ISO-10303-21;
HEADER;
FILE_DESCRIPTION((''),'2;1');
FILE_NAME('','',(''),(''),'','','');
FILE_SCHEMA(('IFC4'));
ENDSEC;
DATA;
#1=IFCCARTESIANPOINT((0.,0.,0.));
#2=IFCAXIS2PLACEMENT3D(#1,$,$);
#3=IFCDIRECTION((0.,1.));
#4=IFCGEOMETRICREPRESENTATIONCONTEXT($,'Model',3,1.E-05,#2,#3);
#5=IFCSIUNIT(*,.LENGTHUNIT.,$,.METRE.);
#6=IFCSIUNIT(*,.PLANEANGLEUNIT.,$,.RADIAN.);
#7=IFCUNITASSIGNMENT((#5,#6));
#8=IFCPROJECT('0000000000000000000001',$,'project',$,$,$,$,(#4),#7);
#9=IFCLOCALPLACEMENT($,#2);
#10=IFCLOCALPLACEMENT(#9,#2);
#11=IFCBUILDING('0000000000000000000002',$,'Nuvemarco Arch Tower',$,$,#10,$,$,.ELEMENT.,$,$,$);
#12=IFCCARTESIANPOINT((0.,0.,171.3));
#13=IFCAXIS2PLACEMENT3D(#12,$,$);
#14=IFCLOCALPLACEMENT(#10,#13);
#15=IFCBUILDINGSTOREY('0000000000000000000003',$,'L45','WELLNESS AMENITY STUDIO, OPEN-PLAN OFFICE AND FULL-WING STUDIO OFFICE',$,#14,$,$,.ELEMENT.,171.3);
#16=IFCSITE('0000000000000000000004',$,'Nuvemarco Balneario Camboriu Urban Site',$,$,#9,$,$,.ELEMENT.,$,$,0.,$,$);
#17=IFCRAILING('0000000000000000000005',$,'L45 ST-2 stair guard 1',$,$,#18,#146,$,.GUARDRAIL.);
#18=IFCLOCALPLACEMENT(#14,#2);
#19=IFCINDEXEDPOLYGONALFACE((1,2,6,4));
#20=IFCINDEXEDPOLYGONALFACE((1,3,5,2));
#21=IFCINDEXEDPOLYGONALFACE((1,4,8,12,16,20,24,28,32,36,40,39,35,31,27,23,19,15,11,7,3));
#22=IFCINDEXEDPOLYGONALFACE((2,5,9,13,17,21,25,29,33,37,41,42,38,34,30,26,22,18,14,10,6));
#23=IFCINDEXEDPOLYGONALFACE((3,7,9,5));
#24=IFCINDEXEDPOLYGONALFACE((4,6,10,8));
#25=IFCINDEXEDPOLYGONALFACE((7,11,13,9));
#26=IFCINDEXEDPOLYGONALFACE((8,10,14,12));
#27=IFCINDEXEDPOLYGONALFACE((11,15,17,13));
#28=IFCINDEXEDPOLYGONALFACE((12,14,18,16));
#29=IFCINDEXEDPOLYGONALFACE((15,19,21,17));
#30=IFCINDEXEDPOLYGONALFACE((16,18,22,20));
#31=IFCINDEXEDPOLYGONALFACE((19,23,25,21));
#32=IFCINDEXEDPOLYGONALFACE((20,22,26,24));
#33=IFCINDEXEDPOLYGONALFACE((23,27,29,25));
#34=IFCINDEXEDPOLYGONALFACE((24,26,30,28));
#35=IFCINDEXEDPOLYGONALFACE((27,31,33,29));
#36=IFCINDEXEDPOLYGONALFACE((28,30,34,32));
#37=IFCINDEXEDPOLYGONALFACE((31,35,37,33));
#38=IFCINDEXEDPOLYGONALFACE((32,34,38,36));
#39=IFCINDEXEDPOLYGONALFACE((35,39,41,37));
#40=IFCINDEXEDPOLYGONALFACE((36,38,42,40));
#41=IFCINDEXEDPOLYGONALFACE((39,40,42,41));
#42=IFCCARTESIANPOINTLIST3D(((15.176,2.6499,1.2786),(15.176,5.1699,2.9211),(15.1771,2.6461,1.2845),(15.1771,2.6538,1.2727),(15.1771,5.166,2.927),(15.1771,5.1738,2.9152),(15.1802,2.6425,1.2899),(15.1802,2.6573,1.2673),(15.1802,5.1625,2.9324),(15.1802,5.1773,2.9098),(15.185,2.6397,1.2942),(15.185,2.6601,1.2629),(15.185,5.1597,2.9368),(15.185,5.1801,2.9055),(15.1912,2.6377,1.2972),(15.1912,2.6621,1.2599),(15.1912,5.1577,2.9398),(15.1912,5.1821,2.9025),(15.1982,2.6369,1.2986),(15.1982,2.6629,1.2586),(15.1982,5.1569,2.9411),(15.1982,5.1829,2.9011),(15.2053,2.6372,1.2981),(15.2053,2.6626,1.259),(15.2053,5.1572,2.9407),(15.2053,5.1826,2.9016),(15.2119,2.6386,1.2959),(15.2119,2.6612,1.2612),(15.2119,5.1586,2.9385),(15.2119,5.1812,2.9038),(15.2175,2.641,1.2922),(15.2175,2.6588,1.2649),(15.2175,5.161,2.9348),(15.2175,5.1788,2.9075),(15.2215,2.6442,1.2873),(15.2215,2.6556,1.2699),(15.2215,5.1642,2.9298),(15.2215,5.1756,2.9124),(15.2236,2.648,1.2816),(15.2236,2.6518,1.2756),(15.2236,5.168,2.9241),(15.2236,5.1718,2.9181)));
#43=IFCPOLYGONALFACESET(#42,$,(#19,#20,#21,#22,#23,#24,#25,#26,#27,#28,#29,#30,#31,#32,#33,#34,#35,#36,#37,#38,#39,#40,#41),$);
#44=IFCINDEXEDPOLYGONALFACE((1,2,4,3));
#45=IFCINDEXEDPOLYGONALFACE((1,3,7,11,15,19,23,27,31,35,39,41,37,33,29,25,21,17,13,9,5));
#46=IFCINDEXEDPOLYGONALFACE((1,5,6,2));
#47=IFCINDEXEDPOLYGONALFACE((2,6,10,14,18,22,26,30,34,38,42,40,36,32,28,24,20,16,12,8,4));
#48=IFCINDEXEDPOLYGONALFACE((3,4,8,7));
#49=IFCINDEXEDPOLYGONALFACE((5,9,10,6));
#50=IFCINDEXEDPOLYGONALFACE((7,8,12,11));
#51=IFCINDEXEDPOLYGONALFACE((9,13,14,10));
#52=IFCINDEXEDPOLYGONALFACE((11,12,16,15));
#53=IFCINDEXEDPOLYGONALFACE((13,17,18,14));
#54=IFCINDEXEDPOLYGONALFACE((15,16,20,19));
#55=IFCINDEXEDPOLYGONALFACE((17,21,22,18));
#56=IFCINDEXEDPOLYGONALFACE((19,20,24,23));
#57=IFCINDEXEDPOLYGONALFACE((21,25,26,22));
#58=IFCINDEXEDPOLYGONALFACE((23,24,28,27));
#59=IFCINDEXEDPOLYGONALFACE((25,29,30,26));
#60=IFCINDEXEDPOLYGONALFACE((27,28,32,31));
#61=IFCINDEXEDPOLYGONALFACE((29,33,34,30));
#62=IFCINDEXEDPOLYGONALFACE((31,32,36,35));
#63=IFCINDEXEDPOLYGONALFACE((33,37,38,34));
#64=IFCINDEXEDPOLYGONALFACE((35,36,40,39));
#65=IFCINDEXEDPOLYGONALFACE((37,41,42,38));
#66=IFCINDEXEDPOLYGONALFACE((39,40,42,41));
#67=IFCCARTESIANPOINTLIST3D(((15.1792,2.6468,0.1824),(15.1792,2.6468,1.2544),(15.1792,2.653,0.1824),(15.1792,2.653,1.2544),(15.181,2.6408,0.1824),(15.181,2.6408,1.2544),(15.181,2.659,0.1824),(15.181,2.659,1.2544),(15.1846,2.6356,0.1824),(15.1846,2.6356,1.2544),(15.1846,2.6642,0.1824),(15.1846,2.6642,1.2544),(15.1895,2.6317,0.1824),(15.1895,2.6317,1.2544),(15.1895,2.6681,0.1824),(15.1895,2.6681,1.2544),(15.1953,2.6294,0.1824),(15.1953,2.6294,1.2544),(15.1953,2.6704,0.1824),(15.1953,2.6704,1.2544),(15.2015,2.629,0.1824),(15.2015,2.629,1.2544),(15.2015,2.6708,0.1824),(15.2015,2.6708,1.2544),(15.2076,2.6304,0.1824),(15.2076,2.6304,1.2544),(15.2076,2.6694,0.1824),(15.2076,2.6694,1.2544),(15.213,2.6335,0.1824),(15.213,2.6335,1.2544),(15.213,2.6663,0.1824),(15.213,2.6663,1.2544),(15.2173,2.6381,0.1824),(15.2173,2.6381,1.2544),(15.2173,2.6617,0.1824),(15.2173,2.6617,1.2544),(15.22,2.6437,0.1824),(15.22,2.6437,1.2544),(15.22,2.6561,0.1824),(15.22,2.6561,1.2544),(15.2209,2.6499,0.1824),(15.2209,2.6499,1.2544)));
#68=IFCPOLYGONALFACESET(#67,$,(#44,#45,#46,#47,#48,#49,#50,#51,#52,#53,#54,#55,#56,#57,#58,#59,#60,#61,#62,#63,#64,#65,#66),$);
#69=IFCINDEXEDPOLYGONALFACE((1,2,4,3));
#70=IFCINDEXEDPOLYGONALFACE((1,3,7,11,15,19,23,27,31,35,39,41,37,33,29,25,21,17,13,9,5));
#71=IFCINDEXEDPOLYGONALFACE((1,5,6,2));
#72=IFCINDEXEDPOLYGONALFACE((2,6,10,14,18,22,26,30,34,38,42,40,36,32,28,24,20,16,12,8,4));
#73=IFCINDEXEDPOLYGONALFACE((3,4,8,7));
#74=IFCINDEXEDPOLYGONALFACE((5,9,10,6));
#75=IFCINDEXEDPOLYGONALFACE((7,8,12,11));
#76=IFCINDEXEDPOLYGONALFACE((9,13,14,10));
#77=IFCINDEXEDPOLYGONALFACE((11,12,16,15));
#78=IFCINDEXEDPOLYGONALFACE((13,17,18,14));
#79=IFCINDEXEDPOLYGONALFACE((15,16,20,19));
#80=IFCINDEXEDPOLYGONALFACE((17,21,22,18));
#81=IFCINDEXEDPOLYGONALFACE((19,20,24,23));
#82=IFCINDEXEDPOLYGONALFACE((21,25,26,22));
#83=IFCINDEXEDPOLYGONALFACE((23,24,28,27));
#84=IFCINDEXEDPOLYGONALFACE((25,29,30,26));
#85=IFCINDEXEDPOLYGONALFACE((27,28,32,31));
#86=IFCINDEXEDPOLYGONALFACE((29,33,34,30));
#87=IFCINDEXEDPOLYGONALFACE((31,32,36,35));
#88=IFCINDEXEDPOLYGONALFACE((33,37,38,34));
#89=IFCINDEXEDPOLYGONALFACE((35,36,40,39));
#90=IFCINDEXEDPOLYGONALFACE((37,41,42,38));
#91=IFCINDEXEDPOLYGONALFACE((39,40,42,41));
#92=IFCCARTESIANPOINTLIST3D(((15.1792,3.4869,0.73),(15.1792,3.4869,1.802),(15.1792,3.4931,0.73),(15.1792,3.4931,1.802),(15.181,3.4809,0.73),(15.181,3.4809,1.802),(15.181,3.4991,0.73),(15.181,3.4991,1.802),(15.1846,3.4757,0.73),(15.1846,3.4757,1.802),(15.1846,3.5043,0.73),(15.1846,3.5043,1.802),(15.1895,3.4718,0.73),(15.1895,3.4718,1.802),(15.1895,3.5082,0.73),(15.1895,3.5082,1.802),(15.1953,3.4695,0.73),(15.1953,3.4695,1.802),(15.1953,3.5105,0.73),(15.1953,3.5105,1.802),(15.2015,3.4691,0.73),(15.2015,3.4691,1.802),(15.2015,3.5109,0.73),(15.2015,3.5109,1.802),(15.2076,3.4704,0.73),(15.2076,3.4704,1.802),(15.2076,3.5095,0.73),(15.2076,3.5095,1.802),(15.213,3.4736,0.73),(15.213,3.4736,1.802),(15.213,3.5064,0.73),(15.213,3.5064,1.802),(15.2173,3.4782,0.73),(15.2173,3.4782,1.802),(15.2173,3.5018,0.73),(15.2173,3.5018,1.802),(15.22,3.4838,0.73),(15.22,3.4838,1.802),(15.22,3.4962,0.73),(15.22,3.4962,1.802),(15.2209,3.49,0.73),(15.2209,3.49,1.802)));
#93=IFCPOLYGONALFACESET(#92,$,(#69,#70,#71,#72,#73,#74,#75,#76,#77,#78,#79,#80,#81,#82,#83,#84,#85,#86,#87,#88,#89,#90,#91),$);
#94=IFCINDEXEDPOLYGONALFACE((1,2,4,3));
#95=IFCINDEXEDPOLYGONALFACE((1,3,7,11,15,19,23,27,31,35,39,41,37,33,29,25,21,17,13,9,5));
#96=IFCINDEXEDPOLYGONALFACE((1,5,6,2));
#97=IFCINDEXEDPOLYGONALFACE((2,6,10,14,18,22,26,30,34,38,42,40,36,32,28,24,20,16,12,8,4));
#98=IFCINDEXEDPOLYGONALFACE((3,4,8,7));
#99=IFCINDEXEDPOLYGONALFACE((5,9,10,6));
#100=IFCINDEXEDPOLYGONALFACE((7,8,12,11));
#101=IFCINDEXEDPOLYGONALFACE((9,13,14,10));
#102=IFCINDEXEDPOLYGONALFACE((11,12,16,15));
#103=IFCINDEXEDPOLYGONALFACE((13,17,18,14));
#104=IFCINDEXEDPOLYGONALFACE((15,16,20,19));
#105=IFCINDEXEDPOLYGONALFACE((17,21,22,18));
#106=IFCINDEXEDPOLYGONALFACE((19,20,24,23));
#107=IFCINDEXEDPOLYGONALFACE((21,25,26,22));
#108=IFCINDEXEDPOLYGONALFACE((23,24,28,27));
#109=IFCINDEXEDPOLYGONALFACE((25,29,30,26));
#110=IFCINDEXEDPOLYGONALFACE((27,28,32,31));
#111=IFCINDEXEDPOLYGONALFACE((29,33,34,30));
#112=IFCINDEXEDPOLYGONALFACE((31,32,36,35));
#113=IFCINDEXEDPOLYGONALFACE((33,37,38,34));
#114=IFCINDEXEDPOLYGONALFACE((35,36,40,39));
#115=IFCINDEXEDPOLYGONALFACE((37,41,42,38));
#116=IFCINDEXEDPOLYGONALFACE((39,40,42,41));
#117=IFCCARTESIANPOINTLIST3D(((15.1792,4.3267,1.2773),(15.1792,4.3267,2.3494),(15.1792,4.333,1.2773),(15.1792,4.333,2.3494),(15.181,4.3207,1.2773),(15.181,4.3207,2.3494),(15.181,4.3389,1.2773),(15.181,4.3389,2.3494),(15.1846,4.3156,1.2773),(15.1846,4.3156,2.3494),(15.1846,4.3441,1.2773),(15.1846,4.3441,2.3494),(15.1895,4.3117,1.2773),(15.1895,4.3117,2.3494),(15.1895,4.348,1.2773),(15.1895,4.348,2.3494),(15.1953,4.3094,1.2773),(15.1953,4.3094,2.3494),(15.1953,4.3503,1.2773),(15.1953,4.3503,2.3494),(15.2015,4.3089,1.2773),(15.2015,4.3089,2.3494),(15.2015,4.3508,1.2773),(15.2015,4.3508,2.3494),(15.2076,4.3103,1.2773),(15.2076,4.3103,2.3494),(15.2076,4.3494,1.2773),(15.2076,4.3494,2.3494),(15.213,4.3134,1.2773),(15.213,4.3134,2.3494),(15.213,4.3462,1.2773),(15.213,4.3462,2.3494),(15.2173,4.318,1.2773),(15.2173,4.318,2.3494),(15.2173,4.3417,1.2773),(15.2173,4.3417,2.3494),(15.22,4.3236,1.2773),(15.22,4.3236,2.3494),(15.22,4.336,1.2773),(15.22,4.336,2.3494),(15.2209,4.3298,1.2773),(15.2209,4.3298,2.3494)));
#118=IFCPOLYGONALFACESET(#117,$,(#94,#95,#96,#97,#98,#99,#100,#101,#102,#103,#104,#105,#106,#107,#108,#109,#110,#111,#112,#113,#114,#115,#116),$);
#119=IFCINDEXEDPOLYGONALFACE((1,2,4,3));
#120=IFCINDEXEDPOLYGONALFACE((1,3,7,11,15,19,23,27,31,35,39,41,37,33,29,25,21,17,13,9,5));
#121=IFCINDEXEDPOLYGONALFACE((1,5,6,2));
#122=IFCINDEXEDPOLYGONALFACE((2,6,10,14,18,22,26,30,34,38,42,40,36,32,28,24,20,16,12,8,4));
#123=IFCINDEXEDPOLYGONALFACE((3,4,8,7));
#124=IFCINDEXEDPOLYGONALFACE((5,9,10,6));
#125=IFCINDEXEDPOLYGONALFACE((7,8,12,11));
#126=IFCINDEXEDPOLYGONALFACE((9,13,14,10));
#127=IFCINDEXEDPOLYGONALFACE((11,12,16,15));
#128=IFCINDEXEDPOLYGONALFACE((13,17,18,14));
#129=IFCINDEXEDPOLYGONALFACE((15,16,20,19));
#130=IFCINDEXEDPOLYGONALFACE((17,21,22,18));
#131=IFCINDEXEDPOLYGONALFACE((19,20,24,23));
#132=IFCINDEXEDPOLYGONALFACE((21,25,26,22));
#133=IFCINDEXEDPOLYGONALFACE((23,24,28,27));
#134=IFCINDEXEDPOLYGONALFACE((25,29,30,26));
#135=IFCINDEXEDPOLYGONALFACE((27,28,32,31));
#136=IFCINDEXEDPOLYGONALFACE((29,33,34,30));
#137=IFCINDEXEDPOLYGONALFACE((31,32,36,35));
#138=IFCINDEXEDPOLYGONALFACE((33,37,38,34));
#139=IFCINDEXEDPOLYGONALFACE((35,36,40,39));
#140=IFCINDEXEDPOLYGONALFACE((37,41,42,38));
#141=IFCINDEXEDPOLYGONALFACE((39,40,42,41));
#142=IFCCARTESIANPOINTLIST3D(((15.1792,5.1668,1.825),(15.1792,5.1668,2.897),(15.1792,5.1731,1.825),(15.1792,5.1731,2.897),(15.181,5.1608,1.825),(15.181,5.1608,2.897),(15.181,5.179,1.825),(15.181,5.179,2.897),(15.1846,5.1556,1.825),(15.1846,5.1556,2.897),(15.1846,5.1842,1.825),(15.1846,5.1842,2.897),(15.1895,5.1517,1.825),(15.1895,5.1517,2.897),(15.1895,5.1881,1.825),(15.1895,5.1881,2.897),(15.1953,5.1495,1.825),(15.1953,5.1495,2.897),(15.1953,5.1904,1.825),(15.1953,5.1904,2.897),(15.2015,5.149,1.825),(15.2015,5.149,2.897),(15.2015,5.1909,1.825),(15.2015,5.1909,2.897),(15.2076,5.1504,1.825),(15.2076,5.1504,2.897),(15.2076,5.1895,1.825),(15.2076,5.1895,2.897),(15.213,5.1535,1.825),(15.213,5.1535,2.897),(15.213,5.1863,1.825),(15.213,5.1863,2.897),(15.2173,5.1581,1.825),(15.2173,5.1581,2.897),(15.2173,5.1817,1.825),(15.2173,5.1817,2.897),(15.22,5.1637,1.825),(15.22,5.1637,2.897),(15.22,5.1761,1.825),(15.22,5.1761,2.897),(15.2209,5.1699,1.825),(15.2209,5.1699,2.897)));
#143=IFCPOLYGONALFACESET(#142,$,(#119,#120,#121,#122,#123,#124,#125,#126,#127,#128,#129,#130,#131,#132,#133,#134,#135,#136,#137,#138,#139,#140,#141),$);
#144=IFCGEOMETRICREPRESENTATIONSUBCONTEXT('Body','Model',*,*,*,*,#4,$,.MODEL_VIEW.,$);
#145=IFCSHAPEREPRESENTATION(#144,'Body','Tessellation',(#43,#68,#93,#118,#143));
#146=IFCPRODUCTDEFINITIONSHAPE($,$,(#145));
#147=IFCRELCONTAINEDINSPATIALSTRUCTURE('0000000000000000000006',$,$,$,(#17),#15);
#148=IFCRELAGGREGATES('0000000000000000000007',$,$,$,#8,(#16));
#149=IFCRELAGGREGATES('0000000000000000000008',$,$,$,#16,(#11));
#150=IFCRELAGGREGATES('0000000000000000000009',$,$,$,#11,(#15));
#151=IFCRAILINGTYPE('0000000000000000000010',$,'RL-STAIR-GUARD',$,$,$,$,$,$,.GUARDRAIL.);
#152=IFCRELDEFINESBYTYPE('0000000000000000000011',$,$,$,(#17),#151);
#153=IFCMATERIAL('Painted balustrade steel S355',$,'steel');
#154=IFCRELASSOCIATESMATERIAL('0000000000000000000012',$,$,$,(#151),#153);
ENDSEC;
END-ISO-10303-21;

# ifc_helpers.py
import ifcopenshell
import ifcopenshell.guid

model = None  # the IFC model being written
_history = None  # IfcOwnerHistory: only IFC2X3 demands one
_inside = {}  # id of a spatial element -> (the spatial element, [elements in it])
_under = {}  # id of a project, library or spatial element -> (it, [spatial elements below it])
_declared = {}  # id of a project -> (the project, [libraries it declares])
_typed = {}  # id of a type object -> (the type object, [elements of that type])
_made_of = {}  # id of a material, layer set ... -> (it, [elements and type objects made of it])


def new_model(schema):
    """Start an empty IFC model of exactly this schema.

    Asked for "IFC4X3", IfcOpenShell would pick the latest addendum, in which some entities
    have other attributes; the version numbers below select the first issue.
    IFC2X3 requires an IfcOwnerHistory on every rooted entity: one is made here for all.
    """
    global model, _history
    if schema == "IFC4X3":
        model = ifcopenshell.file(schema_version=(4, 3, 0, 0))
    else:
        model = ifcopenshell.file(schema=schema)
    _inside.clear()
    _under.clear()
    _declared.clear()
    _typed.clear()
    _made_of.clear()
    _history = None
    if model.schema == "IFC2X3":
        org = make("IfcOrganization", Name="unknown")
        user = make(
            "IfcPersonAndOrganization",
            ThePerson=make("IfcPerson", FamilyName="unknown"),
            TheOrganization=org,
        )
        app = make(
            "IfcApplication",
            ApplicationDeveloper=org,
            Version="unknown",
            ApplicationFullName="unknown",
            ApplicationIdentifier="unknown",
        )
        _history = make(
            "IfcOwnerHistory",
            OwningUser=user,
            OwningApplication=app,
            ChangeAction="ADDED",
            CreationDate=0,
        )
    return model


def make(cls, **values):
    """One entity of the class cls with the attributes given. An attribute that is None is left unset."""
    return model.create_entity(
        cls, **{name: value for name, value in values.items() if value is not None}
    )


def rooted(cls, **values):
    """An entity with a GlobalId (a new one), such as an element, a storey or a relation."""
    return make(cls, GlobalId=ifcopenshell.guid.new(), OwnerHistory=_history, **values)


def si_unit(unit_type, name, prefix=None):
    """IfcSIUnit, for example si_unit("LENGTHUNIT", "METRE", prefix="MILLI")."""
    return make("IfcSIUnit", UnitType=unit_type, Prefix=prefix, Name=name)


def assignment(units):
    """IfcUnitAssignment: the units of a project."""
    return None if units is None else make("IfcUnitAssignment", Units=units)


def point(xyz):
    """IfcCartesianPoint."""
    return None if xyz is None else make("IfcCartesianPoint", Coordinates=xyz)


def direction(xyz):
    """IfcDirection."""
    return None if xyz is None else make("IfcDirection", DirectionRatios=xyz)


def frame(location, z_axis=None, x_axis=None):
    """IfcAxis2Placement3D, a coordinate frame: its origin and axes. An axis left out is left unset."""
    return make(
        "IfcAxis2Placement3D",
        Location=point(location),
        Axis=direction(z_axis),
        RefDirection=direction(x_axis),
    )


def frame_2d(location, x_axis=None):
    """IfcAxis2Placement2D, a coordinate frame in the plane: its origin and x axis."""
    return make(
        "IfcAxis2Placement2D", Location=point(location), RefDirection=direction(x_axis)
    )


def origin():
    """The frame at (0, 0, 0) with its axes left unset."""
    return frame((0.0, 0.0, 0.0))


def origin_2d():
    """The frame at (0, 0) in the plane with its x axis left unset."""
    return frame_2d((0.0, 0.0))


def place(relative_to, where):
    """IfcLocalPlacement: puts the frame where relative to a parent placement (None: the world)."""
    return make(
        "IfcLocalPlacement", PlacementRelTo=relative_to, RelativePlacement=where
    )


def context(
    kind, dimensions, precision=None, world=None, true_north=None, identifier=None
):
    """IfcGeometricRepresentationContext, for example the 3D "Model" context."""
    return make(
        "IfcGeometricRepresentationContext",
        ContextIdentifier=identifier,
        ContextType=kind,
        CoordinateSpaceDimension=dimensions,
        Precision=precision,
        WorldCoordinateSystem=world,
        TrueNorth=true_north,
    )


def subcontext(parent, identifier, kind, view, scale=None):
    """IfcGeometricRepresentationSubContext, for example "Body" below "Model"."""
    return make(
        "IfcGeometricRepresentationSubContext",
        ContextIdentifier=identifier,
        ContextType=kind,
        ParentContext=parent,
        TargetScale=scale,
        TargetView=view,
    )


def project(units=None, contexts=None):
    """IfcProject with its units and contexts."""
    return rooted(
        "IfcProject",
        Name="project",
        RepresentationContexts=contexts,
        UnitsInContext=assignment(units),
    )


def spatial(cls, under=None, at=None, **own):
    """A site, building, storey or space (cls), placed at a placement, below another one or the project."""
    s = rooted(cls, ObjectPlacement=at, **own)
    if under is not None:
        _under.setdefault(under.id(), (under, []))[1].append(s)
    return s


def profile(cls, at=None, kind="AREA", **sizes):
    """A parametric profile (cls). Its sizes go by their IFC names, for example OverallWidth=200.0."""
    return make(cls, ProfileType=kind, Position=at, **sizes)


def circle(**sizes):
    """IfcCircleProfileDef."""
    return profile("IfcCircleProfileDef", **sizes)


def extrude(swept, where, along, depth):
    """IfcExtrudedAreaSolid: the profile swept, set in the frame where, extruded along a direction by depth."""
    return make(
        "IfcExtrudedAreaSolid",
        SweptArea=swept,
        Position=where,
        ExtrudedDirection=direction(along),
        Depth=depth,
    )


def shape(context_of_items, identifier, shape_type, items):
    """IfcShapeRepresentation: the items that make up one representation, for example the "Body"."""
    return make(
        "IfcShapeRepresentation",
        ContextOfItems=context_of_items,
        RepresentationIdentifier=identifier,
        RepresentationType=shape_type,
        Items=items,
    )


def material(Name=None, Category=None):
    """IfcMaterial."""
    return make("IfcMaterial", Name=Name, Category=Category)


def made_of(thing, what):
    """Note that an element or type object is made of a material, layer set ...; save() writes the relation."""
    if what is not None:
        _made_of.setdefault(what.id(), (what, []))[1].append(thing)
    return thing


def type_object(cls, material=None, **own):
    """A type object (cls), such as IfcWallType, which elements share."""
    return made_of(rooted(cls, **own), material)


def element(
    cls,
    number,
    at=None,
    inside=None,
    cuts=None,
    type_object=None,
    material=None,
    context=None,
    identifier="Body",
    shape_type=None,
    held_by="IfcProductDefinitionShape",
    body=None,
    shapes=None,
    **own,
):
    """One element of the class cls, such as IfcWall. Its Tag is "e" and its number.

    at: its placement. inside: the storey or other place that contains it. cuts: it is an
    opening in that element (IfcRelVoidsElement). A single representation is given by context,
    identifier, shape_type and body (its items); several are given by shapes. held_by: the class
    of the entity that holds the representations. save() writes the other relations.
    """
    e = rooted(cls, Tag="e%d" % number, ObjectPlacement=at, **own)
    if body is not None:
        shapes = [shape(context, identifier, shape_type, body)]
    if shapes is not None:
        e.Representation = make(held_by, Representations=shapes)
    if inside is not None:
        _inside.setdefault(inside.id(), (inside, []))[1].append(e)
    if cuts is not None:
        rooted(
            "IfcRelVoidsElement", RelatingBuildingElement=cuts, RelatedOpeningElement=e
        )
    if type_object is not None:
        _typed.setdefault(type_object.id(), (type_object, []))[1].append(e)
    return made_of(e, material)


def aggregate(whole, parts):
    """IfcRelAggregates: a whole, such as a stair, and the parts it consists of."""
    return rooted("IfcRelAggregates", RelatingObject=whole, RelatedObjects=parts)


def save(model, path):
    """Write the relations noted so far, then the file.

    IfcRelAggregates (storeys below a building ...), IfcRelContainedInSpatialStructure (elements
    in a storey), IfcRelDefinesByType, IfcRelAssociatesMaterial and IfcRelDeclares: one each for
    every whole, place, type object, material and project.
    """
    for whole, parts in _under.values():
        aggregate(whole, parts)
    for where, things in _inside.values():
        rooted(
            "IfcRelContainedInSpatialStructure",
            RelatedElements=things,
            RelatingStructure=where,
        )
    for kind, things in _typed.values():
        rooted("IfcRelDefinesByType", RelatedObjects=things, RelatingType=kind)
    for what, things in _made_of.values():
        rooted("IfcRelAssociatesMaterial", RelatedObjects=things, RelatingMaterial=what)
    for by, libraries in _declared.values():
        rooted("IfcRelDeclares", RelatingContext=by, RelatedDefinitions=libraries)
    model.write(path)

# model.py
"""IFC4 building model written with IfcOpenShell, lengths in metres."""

from ifc_helpers import new_model, si_unit, direction, frame, origin, origin_2d, place, context, subcontext, project, spatial, circle, extrude, material, type_object, element, save


model = new_model("IFC4")

# Units and contexts
model_context = context("Model", 3, precision=1e-05, world=origin(), true_north=direction((0.0, 1.0)))
body_context = subcontext(model_context, "Body", "Model", "MODEL_VIEW")
ifc_project = project(units=[si_unit("LENGTHUNIT", "METRE"), si_unit("PLANEANGLEUNIT", "RADIAN")], contexts=[model_context])

# Site, building, storey
site_placement = place(None, origin())
site = spatial("IfcSite", under=ifc_project, at=site_placement, Name="Nuvemarco Balneario Camboriu Urban Site", CompositionType="ELEMENT", RefElevation=0.0)
building_placement = place(site_placement, origin())
building = spatial("IfcBuilding", under=site, at=building_placement, Name="Nuvemarco Arch Tower", CompositionType="ELEMENT")
storey_placement = place(building_placement, frame((0.0, 0.0, 171.3)))
storey = spatial("IfcBuildingStorey", under=building, at=storey_placement, Name="L45", Description="WELLNESS AMENITY STUDIO, OPEN-PLAN OFFICE AND FULL-WING STUDIO OFFICE", CompositionType="ELEMENT", Elevation=171.3)

# Railing
ifc_material_1 = material(Name="Painted balustrade steel S355", Category="steel")
railing_type_1 = type_object("IfcRailingType", Name="RL-STAIR-GUARD", PredefinedType="GUARDRAIL", material=ifc_material_1)
railing_1_placement = place(storey_placement, frame((15.2, 2.6499, 0.1824)))
element("IfcRailing", 1, at=railing_1_placement, inside=storey, type_object=railing_type_1, Name="L45 ST-2 stair guard 1", PredefinedType="GUARDRAIL", context=body_context, shape_type="SweptSolid", body=[
    extrude(circle(Radius=0.0239, at=origin_2d()), frame((0.0, 0.0, 1.0962), z_axis=(0.0, 0.837749, 0.546055), x_axis=(-1.0, 0.0, 0.0)), (0.0, 0.0, 1.0), 3.0081),
    extrude(circle(Radius=0.021, at=origin_2d()), origin(), (0.0, 0.0, 1.0), 1.072),
    extrude(circle(Radius=0.021, at=origin_2d()), frame((0.0, 0.8401, 0.5476)), (0.0, 0.0, 1.0), 1.072),
    extrude(circle(Radius=0.021, at=origin_2d()), frame((0.0, 1.6799, 1.095)), (0.0, 0.0, 1.0), 1.072),
    extrude(circle(Radius=0.021, at=origin_2d()), frame((0.0, 2.52, 1.6426)), (0.0, 0.0, 1.0), 1.072),
])

save(model, "model.ifc")
